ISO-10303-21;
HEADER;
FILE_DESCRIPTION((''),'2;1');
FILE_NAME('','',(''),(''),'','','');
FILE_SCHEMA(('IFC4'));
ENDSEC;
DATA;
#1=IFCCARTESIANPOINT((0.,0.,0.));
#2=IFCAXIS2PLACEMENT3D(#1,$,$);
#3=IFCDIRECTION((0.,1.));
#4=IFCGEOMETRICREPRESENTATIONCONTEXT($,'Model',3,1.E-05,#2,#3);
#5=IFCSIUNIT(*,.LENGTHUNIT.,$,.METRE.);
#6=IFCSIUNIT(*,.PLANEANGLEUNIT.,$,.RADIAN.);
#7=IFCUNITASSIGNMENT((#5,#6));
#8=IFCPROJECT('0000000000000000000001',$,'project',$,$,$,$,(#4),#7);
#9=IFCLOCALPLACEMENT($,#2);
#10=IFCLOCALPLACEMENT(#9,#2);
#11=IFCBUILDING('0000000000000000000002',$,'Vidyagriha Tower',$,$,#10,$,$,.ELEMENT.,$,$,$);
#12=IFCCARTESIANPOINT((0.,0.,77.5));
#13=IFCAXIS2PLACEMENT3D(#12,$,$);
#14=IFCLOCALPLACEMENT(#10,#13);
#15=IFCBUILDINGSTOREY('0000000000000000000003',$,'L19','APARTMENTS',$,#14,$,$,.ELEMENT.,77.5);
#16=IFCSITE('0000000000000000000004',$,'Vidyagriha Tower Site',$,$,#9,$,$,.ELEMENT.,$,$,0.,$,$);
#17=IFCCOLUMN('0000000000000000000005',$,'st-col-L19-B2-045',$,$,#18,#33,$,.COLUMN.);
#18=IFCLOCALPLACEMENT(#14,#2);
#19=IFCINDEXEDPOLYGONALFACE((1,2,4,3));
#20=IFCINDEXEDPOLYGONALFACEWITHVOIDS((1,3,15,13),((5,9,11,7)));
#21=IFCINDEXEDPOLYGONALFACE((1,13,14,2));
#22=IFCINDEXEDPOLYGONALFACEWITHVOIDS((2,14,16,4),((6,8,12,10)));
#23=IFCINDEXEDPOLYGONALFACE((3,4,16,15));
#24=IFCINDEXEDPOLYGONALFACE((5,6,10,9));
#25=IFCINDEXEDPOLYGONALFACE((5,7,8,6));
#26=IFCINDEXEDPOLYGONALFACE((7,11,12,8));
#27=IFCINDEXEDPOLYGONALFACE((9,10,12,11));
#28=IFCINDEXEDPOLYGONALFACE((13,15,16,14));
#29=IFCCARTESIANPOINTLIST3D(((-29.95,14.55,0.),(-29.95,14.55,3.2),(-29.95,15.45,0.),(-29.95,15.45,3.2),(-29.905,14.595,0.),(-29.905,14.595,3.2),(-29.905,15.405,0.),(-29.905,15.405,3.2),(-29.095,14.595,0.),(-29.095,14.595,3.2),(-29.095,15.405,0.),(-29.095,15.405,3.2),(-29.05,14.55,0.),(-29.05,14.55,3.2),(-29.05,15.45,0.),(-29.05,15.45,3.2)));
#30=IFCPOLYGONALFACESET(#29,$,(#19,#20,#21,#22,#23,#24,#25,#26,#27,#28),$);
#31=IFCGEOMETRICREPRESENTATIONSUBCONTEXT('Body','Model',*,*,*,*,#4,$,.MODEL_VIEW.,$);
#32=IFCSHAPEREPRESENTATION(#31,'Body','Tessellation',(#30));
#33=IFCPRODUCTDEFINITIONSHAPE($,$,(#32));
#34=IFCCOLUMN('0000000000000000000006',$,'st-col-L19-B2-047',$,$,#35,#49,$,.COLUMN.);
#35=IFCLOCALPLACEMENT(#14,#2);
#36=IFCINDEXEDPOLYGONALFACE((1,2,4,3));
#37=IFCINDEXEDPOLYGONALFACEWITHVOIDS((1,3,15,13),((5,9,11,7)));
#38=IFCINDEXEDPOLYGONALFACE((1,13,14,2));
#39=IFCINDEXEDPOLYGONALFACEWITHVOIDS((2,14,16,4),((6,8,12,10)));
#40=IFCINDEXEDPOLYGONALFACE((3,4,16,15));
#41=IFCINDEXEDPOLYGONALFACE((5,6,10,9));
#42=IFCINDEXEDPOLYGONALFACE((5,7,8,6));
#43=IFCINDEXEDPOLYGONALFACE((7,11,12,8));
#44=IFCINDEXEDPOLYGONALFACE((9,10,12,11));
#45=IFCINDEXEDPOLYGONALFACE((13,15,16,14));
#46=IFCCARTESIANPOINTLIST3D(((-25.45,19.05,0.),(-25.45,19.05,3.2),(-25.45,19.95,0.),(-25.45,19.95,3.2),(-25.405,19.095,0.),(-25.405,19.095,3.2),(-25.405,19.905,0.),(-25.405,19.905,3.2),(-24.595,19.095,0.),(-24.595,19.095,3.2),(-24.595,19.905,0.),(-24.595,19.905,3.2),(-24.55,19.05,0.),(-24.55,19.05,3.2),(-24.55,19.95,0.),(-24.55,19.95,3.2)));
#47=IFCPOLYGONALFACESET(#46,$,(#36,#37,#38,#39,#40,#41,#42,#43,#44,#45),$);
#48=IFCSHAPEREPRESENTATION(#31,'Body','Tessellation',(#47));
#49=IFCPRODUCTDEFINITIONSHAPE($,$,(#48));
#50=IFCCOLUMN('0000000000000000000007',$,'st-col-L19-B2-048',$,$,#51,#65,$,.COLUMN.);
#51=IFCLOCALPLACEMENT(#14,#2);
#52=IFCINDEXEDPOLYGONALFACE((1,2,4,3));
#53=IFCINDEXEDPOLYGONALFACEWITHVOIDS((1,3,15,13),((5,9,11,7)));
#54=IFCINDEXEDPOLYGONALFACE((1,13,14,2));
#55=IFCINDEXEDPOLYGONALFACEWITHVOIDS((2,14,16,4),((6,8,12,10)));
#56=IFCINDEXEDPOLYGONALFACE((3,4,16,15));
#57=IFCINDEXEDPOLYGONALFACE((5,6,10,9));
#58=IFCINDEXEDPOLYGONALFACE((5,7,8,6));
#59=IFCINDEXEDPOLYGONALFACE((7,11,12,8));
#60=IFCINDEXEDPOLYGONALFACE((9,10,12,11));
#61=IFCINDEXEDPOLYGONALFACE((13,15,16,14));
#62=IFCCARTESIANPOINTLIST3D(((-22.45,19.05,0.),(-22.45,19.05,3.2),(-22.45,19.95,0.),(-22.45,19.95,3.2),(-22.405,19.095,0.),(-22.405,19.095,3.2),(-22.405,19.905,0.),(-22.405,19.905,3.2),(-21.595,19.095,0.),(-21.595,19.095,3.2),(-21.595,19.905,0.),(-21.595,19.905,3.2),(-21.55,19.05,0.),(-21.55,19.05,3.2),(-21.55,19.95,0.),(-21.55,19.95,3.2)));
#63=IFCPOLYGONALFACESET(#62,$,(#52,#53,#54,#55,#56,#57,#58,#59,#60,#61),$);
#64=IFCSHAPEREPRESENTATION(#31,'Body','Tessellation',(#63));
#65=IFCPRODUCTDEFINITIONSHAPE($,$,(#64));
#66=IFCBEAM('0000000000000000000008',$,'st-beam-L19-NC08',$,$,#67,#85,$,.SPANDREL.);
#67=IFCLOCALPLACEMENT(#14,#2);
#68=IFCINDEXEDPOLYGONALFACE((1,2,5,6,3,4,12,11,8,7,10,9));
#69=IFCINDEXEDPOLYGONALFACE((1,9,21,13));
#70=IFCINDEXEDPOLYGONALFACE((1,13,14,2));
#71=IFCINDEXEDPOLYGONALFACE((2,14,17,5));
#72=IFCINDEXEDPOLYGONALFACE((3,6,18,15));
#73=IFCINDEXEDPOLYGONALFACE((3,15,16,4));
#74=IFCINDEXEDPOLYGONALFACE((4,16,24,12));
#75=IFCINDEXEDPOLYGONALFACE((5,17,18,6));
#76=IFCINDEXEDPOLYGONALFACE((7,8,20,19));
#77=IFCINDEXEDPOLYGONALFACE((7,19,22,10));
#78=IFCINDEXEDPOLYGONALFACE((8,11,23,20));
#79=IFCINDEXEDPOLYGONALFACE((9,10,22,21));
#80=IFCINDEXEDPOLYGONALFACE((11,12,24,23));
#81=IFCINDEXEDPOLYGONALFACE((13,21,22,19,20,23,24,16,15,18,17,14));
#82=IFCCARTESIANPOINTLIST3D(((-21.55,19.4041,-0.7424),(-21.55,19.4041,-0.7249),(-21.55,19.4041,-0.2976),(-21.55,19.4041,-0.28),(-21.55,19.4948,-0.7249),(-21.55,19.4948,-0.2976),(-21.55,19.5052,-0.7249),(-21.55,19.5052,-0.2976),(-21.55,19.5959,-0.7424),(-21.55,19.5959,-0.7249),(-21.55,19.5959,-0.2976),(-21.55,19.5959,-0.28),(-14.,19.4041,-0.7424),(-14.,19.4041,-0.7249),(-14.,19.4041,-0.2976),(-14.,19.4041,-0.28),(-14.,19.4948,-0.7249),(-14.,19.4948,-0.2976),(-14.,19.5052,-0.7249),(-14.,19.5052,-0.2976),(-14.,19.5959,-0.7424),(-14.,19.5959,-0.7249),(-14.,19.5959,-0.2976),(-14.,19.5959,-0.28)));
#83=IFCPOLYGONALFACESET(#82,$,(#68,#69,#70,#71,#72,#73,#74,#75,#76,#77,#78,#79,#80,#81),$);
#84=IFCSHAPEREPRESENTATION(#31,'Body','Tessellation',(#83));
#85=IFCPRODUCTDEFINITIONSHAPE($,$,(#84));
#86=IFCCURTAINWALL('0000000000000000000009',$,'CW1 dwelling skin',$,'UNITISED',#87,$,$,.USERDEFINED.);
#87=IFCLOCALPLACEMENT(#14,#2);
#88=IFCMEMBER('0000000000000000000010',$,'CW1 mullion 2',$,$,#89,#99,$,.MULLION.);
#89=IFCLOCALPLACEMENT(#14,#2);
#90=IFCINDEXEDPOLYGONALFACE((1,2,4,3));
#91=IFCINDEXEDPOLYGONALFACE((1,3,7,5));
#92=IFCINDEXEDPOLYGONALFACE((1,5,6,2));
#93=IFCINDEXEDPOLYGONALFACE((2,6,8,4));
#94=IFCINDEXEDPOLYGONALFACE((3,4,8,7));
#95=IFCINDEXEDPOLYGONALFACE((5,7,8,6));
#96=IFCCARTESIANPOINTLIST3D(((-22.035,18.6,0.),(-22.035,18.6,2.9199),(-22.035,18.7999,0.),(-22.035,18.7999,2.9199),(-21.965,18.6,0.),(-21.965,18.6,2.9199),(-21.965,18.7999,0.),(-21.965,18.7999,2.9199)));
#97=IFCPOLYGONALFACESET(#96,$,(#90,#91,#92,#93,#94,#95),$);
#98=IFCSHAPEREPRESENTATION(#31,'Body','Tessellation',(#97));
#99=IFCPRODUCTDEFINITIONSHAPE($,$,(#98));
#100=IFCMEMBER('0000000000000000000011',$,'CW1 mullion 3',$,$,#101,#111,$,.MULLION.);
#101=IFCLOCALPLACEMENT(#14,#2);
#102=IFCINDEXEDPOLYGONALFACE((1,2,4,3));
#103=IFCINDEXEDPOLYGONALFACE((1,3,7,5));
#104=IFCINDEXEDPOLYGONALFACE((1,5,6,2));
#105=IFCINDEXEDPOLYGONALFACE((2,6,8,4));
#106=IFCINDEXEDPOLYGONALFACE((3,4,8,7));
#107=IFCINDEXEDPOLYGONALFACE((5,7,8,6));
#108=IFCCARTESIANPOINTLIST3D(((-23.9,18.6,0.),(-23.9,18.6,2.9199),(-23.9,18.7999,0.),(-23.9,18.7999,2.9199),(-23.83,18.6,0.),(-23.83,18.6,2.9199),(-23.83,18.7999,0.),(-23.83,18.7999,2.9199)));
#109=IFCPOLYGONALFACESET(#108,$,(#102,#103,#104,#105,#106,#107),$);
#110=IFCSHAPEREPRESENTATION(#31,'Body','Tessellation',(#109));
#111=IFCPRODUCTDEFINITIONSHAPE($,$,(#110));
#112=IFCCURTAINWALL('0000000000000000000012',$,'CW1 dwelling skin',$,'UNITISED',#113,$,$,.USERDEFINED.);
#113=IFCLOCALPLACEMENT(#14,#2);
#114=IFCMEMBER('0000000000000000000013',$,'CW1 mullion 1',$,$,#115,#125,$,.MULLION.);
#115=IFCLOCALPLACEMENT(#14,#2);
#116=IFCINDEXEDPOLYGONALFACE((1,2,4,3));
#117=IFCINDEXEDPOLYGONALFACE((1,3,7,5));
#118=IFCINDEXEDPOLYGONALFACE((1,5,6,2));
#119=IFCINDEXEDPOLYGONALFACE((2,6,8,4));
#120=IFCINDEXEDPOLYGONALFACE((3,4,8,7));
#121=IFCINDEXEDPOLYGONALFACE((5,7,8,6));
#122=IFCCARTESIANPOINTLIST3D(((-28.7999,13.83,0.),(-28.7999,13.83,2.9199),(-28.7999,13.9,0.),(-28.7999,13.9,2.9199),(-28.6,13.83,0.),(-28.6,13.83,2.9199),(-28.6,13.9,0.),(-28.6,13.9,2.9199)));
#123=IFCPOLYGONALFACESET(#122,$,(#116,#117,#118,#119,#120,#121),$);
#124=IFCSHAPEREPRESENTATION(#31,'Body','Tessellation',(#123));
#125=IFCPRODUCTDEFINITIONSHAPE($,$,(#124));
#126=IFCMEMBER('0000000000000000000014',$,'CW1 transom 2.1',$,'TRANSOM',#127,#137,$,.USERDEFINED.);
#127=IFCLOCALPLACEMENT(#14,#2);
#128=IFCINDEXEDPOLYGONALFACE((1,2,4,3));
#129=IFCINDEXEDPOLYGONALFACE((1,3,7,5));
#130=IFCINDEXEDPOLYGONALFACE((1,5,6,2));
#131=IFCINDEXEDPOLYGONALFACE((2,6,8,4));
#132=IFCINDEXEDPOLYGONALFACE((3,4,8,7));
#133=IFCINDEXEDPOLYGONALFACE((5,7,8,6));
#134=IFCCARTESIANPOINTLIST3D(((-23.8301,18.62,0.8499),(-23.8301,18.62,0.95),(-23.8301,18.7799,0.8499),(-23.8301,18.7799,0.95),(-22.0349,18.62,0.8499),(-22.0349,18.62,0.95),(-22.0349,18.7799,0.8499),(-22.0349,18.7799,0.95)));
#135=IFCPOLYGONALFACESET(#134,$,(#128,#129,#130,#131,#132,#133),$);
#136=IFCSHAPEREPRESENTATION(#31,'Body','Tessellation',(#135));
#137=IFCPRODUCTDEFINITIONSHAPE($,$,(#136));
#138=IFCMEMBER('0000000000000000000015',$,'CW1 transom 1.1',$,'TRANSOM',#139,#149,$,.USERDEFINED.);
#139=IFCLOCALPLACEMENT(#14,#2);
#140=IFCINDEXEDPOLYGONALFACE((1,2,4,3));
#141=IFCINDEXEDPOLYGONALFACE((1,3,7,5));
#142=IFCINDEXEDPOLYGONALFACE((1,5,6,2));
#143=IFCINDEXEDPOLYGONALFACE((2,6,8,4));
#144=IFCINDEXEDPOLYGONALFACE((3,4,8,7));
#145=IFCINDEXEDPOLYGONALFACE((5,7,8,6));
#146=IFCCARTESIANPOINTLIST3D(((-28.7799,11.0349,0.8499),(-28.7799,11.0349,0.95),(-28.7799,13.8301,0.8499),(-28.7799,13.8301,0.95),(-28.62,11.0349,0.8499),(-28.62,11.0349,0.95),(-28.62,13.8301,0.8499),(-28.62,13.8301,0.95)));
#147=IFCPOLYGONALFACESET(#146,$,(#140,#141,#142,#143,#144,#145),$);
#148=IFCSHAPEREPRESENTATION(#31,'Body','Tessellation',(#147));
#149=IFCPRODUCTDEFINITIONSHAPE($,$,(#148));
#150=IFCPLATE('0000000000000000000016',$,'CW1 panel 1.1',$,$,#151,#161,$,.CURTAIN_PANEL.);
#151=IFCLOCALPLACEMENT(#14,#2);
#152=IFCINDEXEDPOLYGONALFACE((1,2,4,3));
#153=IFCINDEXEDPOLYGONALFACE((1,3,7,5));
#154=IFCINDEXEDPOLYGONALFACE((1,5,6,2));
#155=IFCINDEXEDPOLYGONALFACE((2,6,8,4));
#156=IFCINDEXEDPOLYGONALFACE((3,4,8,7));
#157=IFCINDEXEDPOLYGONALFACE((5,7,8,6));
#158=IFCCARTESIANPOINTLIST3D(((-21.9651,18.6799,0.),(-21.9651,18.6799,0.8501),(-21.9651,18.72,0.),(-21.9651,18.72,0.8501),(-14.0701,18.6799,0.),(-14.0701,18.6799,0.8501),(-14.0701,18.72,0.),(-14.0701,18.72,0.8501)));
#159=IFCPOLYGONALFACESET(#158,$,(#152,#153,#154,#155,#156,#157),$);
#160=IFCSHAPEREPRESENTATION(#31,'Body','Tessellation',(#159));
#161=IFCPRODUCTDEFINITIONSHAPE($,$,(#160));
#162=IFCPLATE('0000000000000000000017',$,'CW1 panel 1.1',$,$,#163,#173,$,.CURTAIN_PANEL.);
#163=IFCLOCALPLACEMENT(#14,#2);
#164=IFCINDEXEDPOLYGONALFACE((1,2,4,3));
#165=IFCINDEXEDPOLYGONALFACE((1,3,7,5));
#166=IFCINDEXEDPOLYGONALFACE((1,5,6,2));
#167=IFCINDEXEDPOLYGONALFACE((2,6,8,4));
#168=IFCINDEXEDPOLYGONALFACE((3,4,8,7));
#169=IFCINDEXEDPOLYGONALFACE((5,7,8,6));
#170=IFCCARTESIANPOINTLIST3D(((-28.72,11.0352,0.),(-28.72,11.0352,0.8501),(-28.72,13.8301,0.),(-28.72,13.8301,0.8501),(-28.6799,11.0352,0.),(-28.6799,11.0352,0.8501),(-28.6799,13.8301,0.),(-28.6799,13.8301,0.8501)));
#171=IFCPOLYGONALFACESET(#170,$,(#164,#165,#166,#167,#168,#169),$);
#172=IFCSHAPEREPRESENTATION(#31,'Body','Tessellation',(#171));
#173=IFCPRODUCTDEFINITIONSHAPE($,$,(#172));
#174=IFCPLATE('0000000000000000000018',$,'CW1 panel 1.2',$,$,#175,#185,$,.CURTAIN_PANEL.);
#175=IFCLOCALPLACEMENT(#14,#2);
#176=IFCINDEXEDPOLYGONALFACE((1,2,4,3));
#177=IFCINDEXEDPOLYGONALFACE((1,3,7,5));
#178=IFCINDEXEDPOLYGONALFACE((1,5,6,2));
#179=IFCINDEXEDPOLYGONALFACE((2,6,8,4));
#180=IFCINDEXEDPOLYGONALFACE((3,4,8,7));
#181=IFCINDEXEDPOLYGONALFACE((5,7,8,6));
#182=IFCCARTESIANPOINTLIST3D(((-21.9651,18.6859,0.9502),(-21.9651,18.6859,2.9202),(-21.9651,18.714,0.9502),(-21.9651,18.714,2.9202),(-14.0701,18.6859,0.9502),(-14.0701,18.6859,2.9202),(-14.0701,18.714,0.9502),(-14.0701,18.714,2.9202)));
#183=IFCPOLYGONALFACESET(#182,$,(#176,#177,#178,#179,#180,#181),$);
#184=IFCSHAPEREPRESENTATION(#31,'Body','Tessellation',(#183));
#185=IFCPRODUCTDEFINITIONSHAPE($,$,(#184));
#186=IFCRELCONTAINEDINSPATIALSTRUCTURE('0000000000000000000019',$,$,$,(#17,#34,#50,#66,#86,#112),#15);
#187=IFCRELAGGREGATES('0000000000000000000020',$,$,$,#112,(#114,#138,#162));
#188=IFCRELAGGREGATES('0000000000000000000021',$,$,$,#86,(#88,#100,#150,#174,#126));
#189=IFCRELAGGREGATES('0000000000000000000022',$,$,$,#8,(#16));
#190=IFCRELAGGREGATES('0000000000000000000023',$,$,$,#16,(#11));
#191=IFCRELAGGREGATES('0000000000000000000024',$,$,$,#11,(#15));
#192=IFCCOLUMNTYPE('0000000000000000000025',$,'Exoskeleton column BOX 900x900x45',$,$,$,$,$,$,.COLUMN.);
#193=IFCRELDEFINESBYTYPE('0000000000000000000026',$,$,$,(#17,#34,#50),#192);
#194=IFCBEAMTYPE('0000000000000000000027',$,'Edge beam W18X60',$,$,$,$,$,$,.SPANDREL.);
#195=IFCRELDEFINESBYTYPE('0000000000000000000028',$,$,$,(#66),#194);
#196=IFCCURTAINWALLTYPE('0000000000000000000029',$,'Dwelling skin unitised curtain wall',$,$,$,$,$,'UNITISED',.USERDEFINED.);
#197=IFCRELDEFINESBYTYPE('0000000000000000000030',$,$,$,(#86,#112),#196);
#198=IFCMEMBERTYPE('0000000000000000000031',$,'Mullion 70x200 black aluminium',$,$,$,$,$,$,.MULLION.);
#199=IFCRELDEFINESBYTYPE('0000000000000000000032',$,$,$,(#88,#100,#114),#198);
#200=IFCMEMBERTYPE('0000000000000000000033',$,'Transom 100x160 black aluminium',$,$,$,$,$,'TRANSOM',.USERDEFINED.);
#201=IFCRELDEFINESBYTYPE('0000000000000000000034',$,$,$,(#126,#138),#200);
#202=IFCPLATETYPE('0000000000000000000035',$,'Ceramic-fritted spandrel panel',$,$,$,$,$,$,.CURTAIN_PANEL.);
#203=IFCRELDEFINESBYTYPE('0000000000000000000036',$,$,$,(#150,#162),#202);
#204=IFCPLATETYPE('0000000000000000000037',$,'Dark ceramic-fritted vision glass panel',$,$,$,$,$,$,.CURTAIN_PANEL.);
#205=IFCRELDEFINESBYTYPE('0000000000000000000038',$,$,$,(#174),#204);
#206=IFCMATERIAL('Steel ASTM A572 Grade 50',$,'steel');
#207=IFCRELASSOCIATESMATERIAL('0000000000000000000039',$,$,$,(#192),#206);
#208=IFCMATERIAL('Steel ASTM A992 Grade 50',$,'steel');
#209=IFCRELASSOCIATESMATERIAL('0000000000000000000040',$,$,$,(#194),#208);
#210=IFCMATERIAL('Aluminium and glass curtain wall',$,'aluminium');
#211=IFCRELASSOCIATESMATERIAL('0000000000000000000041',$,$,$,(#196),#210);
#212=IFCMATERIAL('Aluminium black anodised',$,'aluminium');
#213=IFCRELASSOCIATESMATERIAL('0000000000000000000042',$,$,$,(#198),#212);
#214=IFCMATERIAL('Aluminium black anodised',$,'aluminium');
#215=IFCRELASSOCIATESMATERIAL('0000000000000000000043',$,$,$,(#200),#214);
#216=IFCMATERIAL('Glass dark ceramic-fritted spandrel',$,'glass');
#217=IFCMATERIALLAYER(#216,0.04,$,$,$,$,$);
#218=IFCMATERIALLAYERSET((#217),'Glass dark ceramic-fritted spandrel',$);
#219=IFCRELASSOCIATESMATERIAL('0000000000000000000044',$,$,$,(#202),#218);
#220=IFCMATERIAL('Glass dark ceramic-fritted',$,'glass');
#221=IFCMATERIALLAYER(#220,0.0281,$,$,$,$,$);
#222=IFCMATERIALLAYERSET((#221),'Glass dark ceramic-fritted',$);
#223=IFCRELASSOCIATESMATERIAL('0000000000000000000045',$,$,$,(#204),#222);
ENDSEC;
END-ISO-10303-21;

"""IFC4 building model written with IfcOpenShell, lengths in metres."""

from ifc_helpers import new_model, si_unit, direction, frame, origin, origin_2d, place, context, subcontext, project, spatial, rectangle, hollow_rectangle, i_section, extrude, material, layer, layer_set, material_profile, profile_set, type_object, element, aggregate, save


model = new_model("IFC4")

# Units and contexts
model_context = context("Model", 3, precision=1e-05, world=origin(), true_north=direction((0.0, 1.0)))
body_context = subcontext(model_context, "Body", "Model", "MODEL_VIEW")
ifc_project = project(units=[si_unit("LENGTHUNIT", "METRE"), si_unit("PLANEANGLEUNIT", "RADIAN")], contexts=[model_context])

# Site, building, storey
site_placement = place(None, origin())
site = spatial("IfcSite", under=ifc_project, at=site_placement, Name="Vidyagriha Tower Site", CompositionType="ELEMENT", RefElevation=0.0)
building_placement = place(site_placement, origin())
building = spatial("IfcBuilding", under=site, at=building_placement, Name="Vidyagriha Tower", CompositionType="ELEMENT")
storey_placement = place(building_placement, frame((0.0, 0.0, 77.5)))
storey = spatial("IfcBuildingStorey", under=building, at=storey_placement, Name="L19", Description="APARTMENTS", CompositionType="ELEMENT", Elevation=77.5)

# Columns
ifc_material_1 = material(Name="Steel ASTM A572 Grade 50", Category="steel")
ifc_material_profile_1 = material_profile(ifc_material_1, hollow_rectangle(XDim=0.8999, YDim=0.8999, WallThickness=0.0449, at=origin_2d()), Name="BOX 900x900x45")
ifc_profile_set_1 = profile_set([ifc_material_profile_1], Name="Steel ASTM A572 Grade 50")
column_type = type_object("IfcColumnType", Name="Exoskeleton column BOX 900x900x45", PredefinedType="COLUMN", material=ifc_profile_set_1)
for number, where, name in (
    (1, (-29.5, 15.0, 0.0), "st-col-L19-B2-045"),
    (2, (-25.0, 19.5, 0.0), "st-col-L19-B2-047"),
    (3, (-22.0, 19.5, 0.0), "st-col-L19-B2-048"),
):
    element("IfcColumn", number, at=place(storey_placement, frame(where)), inside=storey, type_object=column_type, Name=name, PredefinedType="COLUMN", context=body_context, shape_type="SweptSolid", body=[
        extrude(hollow_rectangle(XDim=0.8999, YDim=0.8999, WallThickness=0.0449, at=origin_2d()), origin(), (0.0, 0.0, 1.0), 3.2),
    ])

# Beam
ifc_material_2 = material(Name="Steel ASTM A992 Grade 50", Category="steel")
ifc_material_profile_2 = material_profile(ifc_material_2, i_section(OverallWidth=0.1919, OverallDepth=0.4624, WebThickness=0.0105, FlangeThickness=0.0176, at=origin_2d()), Name="W18X60")
ifc_profile_set_2 = profile_set([ifc_material_profile_2], Name="Steel ASTM A992 Grade 50")
beam_type = type_object("IfcBeamType", Name="Edge beam W18X60", PredefinedType="SPANDREL", material=ifc_profile_set_2)
beam_placement = place(storey_placement, frame((-21.55, 19.5, -0.5112), z_axis=(1.0, 0.0, 0.0), x_axis=(0.0, 1.0, 0.0)))
element("IfcBeam", 4, at=beam_placement, inside=storey, type_object=beam_type, Name="st-beam-L19-NC08", PredefinedType="SPANDREL", context=body_context, shape_type="SweptSolid", body=[
    extrude(i_section(OverallWidth=0.1919, OverallDepth=0.4624, WebThickness=0.0105, FlangeThickness=0.0176, at=origin_2d()), origin(), (0.0, 0.0, 1.0), 7.55),
])

# Curtain wall, members
ifc_material_3 = material(Name="Aluminium and glass curtain wall", Category="aluminium")
curtain_wall_type = type_object("IfcCurtainWallType", Name="Dwelling skin unitised curtain wall", ElementType="UNITISED", PredefinedType="USERDEFINED", material=ifc_material_3)
curtain_wall_1_placement = place(storey_placement, origin())
curtain_wall_1 = element("IfcCurtainWall", 5, at=curtain_wall_1_placement, inside=storey, type_object=curtain_wall_type, Name="CW1 dwelling skin", ObjectType="UNITISED", PredefinedType="USERDEFINED")
ifc_material_4 = material(Name="Aluminium black anodised", Category="aluminium")
ifc_material_profile_3 = material_profile(ifc_material_4, rectangle(XDim=0.2, YDim=0.0701, at=origin_2d()), Name="Mullion 70x200 black aluminium")
ifc_profile_set_3 = profile_set([ifc_material_profile_3], Name="Aluminium black anodised")
member_type_1 = type_object("IfcMemberType", Name="Mullion 70x200 black aluminium", PredefinedType="MULLION", material=ifc_profile_set_3)
member_1_placement = place(storey_placement, frame((-22.0, 18.7, 0.0), z_axis=(0.0, 0.0, 1.0), x_axis=(0.0, -1.0, 0.0)))
member_1 = element("IfcMember", 6, at=member_1_placement, type_object=member_type_1, Name="CW1 mullion 2", PredefinedType="MULLION", context=body_context, shape_type="SweptSolid", body=[
    extrude(rectangle(XDim=0.2, YDim=0.0701, at=origin_2d()), origin(), (0.0, 0.0, 1.0), 2.9199),
])
member_2_placement = place(storey_placement, frame((-23.865, 18.7, 0.0), z_axis=(0.0, 0.0, 1.0), x_axis=(0.0, -1.0, 0.0)))
member_2 = element("IfcMember", 7, at=member_2_placement, type_object=member_type_1, Name="CW1 mullion 3", PredefinedType="MULLION", context=body_context, shape_type="SweptSolid", body=[
    extrude(rectangle(XDim=0.2, YDim=0.0701, at=origin_2d()), origin(), (0.0, 0.0, 1.0), 2.9199),
])

# Curtain wall, member
curtain_wall_2_placement = place(storey_placement, origin())
curtain_wall_2 = element("IfcCurtainWall", 8, at=curtain_wall_2_placement, inside=storey, type_object=curtain_wall_type, Name="CW1 dwelling skin", ObjectType="UNITISED", PredefinedType="USERDEFINED")
member_3_placement = place(storey_placement, frame((-28.7, 13.865, 0.0)))
member_3 = element("IfcMember", 9, at=member_3_placement, type_object=member_type_1, Name="CW1 mullion 1", PredefinedType="MULLION", context=body_context, shape_type="SweptSolid", body=[
    extrude(rectangle(XDim=0.2, YDim=0.0701, at=origin_2d()), origin(), (0.0, 0.0, 1.0), 2.9199),
])

# Members
ifc_material_5 = material(Name="Aluminium black anodised", Category="aluminium")
ifc_material_profile_4 = material_profile(ifc_material_5, rectangle(XDim=0.1599, YDim=0.1001, at=origin_2d()), Name="Transom 100x160 black aluminium")
ifc_profile_set_4 = profile_set([ifc_material_profile_4], Name="Aluminium black anodised")
member_type_2 = type_object("IfcMemberType", Name="Transom 100x160 black aluminium", ElementType="TRANSOM", PredefinedType="USERDEFINED", material=ifc_profile_set_4)
member_4_placement = place(storey_placement, frame((-22.0349, 18.7, 0.8999), z_axis=(-1.0, 0.0, 0.0), x_axis=(0.0, -1.0, 0.0)))
member_4 = element("IfcMember", 10, at=member_4_placement, type_object=member_type_2, Name="CW1 transom 2.1", ObjectType="TRANSOM", PredefinedType="USERDEFINED", context=body_context, shape_type="SweptSolid", body=[
    extrude(rectangle(XDim=0.1599, YDim=0.1001, at=origin_2d()), origin(), (0.0, 0.0, 1.0), 1.7952),
])
member_5_placement = place(storey_placement, frame((-28.7, 13.8301, 0.8999), z_axis=(0.0, -1.0, 0.0), x_axis=(1.0, 0.0, 0.0)))
member_5 = element("IfcMember", 11, at=member_5_placement, type_object=member_type_2, Name="CW1 transom 1.1", ObjectType="TRANSOM", PredefinedType="USERDEFINED", context=body_context, shape_type="SweptSolid", body=[
    extrude(rectangle(XDim=0.1599, YDim=0.1001, at=origin_2d()), origin(), (0.0, 0.0, 1.0), 2.7952),
])

# Plates
ifc_material_6 = material(Name="Glass dark ceramic-fritted spandrel", Category="glass")
ifc_layer_1 = layer(ifc_material_6, 0.04)
ifc_layer_set_1 = layer_set([ifc_layer_1], Name="Glass dark ceramic-fritted spandrel")
plate_type_1 = type_object("IfcPlateType", Name="Ceramic-fritted spandrel panel", PredefinedType="CURTAIN_PANEL", material=ifc_layer_set_1)
plate_1_placement = place(storey_placement, frame((-18.0176, 18.7, 0.0), z_axis=(0.0, 0.0, 1.0), x_axis=(-1.0, 0.0, 0.0)))
plate_1 = element("IfcPlate", 12, at=plate_1_placement, type_object=plate_type_1, Name="CW1 panel 1.1", PredefinedType="CURTAIN_PANEL", context=body_context, shape_type="SweptSolid", body=[
    extrude(rectangle(XDim=7.895, YDim=0.04, at=origin_2d()), origin(), (0.0, 0.0, 1.0), 0.8501),
])
plate_2_placement = place(storey_placement, frame((-28.7, 12.4326, 0.0), z_axis=(0.0, 0.0, 1.0), x_axis=(0.0, -1.0, 0.0)))
plate_2 = element("IfcPlate", 13, at=plate_2_placement, type_object=plate_type_1, Name="CW1 panel 1.1", PredefinedType="CURTAIN_PANEL", context=body_context, shape_type="SweptSolid", body=[
    extrude(rectangle(XDim=2.7949, YDim=0.04, at=origin_2d()), origin(), (0.0, 0.0, 1.0), 0.8501),
])
ifc_material_7 = material(Name="Glass dark ceramic-fritted", Category="glass")
ifc_layer_2 = layer(ifc_material_7, 0.0281)
ifc_layer_set_2 = layer_set([ifc_layer_2], Name="Glass dark ceramic-fritted")
plate_type_2 = type_object("IfcPlateType", Name="Dark ceramic-fritted vision glass panel", PredefinedType="CURTAIN_PANEL", material=ifc_layer_set_2)
plate_3_placement = place(storey_placement, frame((-18.0176, 18.7, 0.9502), z_axis=(0.0, 0.0, 1.0), x_axis=(-1.0, 0.0, 0.0)))
plate_3 = element("IfcPlate", 14, at=plate_3_placement, type_object=plate_type_2, Name="CW1 panel 1.2", PredefinedType="CURTAIN_PANEL", context=body_context, shape_type="SweptSolid", body=[
    extrude(rectangle(XDim=7.895, YDim=0.0281, at=origin_2d()), origin(), (0.0, 0.0, 1.0), 1.97),
])
aggregate(curtain_wall_2, [member_3, member_5, plate_2])
aggregate(curtain_wall_1, [member_1, member_2, plate_1, plate_3, member_4])

save(model, "model.ifc")
